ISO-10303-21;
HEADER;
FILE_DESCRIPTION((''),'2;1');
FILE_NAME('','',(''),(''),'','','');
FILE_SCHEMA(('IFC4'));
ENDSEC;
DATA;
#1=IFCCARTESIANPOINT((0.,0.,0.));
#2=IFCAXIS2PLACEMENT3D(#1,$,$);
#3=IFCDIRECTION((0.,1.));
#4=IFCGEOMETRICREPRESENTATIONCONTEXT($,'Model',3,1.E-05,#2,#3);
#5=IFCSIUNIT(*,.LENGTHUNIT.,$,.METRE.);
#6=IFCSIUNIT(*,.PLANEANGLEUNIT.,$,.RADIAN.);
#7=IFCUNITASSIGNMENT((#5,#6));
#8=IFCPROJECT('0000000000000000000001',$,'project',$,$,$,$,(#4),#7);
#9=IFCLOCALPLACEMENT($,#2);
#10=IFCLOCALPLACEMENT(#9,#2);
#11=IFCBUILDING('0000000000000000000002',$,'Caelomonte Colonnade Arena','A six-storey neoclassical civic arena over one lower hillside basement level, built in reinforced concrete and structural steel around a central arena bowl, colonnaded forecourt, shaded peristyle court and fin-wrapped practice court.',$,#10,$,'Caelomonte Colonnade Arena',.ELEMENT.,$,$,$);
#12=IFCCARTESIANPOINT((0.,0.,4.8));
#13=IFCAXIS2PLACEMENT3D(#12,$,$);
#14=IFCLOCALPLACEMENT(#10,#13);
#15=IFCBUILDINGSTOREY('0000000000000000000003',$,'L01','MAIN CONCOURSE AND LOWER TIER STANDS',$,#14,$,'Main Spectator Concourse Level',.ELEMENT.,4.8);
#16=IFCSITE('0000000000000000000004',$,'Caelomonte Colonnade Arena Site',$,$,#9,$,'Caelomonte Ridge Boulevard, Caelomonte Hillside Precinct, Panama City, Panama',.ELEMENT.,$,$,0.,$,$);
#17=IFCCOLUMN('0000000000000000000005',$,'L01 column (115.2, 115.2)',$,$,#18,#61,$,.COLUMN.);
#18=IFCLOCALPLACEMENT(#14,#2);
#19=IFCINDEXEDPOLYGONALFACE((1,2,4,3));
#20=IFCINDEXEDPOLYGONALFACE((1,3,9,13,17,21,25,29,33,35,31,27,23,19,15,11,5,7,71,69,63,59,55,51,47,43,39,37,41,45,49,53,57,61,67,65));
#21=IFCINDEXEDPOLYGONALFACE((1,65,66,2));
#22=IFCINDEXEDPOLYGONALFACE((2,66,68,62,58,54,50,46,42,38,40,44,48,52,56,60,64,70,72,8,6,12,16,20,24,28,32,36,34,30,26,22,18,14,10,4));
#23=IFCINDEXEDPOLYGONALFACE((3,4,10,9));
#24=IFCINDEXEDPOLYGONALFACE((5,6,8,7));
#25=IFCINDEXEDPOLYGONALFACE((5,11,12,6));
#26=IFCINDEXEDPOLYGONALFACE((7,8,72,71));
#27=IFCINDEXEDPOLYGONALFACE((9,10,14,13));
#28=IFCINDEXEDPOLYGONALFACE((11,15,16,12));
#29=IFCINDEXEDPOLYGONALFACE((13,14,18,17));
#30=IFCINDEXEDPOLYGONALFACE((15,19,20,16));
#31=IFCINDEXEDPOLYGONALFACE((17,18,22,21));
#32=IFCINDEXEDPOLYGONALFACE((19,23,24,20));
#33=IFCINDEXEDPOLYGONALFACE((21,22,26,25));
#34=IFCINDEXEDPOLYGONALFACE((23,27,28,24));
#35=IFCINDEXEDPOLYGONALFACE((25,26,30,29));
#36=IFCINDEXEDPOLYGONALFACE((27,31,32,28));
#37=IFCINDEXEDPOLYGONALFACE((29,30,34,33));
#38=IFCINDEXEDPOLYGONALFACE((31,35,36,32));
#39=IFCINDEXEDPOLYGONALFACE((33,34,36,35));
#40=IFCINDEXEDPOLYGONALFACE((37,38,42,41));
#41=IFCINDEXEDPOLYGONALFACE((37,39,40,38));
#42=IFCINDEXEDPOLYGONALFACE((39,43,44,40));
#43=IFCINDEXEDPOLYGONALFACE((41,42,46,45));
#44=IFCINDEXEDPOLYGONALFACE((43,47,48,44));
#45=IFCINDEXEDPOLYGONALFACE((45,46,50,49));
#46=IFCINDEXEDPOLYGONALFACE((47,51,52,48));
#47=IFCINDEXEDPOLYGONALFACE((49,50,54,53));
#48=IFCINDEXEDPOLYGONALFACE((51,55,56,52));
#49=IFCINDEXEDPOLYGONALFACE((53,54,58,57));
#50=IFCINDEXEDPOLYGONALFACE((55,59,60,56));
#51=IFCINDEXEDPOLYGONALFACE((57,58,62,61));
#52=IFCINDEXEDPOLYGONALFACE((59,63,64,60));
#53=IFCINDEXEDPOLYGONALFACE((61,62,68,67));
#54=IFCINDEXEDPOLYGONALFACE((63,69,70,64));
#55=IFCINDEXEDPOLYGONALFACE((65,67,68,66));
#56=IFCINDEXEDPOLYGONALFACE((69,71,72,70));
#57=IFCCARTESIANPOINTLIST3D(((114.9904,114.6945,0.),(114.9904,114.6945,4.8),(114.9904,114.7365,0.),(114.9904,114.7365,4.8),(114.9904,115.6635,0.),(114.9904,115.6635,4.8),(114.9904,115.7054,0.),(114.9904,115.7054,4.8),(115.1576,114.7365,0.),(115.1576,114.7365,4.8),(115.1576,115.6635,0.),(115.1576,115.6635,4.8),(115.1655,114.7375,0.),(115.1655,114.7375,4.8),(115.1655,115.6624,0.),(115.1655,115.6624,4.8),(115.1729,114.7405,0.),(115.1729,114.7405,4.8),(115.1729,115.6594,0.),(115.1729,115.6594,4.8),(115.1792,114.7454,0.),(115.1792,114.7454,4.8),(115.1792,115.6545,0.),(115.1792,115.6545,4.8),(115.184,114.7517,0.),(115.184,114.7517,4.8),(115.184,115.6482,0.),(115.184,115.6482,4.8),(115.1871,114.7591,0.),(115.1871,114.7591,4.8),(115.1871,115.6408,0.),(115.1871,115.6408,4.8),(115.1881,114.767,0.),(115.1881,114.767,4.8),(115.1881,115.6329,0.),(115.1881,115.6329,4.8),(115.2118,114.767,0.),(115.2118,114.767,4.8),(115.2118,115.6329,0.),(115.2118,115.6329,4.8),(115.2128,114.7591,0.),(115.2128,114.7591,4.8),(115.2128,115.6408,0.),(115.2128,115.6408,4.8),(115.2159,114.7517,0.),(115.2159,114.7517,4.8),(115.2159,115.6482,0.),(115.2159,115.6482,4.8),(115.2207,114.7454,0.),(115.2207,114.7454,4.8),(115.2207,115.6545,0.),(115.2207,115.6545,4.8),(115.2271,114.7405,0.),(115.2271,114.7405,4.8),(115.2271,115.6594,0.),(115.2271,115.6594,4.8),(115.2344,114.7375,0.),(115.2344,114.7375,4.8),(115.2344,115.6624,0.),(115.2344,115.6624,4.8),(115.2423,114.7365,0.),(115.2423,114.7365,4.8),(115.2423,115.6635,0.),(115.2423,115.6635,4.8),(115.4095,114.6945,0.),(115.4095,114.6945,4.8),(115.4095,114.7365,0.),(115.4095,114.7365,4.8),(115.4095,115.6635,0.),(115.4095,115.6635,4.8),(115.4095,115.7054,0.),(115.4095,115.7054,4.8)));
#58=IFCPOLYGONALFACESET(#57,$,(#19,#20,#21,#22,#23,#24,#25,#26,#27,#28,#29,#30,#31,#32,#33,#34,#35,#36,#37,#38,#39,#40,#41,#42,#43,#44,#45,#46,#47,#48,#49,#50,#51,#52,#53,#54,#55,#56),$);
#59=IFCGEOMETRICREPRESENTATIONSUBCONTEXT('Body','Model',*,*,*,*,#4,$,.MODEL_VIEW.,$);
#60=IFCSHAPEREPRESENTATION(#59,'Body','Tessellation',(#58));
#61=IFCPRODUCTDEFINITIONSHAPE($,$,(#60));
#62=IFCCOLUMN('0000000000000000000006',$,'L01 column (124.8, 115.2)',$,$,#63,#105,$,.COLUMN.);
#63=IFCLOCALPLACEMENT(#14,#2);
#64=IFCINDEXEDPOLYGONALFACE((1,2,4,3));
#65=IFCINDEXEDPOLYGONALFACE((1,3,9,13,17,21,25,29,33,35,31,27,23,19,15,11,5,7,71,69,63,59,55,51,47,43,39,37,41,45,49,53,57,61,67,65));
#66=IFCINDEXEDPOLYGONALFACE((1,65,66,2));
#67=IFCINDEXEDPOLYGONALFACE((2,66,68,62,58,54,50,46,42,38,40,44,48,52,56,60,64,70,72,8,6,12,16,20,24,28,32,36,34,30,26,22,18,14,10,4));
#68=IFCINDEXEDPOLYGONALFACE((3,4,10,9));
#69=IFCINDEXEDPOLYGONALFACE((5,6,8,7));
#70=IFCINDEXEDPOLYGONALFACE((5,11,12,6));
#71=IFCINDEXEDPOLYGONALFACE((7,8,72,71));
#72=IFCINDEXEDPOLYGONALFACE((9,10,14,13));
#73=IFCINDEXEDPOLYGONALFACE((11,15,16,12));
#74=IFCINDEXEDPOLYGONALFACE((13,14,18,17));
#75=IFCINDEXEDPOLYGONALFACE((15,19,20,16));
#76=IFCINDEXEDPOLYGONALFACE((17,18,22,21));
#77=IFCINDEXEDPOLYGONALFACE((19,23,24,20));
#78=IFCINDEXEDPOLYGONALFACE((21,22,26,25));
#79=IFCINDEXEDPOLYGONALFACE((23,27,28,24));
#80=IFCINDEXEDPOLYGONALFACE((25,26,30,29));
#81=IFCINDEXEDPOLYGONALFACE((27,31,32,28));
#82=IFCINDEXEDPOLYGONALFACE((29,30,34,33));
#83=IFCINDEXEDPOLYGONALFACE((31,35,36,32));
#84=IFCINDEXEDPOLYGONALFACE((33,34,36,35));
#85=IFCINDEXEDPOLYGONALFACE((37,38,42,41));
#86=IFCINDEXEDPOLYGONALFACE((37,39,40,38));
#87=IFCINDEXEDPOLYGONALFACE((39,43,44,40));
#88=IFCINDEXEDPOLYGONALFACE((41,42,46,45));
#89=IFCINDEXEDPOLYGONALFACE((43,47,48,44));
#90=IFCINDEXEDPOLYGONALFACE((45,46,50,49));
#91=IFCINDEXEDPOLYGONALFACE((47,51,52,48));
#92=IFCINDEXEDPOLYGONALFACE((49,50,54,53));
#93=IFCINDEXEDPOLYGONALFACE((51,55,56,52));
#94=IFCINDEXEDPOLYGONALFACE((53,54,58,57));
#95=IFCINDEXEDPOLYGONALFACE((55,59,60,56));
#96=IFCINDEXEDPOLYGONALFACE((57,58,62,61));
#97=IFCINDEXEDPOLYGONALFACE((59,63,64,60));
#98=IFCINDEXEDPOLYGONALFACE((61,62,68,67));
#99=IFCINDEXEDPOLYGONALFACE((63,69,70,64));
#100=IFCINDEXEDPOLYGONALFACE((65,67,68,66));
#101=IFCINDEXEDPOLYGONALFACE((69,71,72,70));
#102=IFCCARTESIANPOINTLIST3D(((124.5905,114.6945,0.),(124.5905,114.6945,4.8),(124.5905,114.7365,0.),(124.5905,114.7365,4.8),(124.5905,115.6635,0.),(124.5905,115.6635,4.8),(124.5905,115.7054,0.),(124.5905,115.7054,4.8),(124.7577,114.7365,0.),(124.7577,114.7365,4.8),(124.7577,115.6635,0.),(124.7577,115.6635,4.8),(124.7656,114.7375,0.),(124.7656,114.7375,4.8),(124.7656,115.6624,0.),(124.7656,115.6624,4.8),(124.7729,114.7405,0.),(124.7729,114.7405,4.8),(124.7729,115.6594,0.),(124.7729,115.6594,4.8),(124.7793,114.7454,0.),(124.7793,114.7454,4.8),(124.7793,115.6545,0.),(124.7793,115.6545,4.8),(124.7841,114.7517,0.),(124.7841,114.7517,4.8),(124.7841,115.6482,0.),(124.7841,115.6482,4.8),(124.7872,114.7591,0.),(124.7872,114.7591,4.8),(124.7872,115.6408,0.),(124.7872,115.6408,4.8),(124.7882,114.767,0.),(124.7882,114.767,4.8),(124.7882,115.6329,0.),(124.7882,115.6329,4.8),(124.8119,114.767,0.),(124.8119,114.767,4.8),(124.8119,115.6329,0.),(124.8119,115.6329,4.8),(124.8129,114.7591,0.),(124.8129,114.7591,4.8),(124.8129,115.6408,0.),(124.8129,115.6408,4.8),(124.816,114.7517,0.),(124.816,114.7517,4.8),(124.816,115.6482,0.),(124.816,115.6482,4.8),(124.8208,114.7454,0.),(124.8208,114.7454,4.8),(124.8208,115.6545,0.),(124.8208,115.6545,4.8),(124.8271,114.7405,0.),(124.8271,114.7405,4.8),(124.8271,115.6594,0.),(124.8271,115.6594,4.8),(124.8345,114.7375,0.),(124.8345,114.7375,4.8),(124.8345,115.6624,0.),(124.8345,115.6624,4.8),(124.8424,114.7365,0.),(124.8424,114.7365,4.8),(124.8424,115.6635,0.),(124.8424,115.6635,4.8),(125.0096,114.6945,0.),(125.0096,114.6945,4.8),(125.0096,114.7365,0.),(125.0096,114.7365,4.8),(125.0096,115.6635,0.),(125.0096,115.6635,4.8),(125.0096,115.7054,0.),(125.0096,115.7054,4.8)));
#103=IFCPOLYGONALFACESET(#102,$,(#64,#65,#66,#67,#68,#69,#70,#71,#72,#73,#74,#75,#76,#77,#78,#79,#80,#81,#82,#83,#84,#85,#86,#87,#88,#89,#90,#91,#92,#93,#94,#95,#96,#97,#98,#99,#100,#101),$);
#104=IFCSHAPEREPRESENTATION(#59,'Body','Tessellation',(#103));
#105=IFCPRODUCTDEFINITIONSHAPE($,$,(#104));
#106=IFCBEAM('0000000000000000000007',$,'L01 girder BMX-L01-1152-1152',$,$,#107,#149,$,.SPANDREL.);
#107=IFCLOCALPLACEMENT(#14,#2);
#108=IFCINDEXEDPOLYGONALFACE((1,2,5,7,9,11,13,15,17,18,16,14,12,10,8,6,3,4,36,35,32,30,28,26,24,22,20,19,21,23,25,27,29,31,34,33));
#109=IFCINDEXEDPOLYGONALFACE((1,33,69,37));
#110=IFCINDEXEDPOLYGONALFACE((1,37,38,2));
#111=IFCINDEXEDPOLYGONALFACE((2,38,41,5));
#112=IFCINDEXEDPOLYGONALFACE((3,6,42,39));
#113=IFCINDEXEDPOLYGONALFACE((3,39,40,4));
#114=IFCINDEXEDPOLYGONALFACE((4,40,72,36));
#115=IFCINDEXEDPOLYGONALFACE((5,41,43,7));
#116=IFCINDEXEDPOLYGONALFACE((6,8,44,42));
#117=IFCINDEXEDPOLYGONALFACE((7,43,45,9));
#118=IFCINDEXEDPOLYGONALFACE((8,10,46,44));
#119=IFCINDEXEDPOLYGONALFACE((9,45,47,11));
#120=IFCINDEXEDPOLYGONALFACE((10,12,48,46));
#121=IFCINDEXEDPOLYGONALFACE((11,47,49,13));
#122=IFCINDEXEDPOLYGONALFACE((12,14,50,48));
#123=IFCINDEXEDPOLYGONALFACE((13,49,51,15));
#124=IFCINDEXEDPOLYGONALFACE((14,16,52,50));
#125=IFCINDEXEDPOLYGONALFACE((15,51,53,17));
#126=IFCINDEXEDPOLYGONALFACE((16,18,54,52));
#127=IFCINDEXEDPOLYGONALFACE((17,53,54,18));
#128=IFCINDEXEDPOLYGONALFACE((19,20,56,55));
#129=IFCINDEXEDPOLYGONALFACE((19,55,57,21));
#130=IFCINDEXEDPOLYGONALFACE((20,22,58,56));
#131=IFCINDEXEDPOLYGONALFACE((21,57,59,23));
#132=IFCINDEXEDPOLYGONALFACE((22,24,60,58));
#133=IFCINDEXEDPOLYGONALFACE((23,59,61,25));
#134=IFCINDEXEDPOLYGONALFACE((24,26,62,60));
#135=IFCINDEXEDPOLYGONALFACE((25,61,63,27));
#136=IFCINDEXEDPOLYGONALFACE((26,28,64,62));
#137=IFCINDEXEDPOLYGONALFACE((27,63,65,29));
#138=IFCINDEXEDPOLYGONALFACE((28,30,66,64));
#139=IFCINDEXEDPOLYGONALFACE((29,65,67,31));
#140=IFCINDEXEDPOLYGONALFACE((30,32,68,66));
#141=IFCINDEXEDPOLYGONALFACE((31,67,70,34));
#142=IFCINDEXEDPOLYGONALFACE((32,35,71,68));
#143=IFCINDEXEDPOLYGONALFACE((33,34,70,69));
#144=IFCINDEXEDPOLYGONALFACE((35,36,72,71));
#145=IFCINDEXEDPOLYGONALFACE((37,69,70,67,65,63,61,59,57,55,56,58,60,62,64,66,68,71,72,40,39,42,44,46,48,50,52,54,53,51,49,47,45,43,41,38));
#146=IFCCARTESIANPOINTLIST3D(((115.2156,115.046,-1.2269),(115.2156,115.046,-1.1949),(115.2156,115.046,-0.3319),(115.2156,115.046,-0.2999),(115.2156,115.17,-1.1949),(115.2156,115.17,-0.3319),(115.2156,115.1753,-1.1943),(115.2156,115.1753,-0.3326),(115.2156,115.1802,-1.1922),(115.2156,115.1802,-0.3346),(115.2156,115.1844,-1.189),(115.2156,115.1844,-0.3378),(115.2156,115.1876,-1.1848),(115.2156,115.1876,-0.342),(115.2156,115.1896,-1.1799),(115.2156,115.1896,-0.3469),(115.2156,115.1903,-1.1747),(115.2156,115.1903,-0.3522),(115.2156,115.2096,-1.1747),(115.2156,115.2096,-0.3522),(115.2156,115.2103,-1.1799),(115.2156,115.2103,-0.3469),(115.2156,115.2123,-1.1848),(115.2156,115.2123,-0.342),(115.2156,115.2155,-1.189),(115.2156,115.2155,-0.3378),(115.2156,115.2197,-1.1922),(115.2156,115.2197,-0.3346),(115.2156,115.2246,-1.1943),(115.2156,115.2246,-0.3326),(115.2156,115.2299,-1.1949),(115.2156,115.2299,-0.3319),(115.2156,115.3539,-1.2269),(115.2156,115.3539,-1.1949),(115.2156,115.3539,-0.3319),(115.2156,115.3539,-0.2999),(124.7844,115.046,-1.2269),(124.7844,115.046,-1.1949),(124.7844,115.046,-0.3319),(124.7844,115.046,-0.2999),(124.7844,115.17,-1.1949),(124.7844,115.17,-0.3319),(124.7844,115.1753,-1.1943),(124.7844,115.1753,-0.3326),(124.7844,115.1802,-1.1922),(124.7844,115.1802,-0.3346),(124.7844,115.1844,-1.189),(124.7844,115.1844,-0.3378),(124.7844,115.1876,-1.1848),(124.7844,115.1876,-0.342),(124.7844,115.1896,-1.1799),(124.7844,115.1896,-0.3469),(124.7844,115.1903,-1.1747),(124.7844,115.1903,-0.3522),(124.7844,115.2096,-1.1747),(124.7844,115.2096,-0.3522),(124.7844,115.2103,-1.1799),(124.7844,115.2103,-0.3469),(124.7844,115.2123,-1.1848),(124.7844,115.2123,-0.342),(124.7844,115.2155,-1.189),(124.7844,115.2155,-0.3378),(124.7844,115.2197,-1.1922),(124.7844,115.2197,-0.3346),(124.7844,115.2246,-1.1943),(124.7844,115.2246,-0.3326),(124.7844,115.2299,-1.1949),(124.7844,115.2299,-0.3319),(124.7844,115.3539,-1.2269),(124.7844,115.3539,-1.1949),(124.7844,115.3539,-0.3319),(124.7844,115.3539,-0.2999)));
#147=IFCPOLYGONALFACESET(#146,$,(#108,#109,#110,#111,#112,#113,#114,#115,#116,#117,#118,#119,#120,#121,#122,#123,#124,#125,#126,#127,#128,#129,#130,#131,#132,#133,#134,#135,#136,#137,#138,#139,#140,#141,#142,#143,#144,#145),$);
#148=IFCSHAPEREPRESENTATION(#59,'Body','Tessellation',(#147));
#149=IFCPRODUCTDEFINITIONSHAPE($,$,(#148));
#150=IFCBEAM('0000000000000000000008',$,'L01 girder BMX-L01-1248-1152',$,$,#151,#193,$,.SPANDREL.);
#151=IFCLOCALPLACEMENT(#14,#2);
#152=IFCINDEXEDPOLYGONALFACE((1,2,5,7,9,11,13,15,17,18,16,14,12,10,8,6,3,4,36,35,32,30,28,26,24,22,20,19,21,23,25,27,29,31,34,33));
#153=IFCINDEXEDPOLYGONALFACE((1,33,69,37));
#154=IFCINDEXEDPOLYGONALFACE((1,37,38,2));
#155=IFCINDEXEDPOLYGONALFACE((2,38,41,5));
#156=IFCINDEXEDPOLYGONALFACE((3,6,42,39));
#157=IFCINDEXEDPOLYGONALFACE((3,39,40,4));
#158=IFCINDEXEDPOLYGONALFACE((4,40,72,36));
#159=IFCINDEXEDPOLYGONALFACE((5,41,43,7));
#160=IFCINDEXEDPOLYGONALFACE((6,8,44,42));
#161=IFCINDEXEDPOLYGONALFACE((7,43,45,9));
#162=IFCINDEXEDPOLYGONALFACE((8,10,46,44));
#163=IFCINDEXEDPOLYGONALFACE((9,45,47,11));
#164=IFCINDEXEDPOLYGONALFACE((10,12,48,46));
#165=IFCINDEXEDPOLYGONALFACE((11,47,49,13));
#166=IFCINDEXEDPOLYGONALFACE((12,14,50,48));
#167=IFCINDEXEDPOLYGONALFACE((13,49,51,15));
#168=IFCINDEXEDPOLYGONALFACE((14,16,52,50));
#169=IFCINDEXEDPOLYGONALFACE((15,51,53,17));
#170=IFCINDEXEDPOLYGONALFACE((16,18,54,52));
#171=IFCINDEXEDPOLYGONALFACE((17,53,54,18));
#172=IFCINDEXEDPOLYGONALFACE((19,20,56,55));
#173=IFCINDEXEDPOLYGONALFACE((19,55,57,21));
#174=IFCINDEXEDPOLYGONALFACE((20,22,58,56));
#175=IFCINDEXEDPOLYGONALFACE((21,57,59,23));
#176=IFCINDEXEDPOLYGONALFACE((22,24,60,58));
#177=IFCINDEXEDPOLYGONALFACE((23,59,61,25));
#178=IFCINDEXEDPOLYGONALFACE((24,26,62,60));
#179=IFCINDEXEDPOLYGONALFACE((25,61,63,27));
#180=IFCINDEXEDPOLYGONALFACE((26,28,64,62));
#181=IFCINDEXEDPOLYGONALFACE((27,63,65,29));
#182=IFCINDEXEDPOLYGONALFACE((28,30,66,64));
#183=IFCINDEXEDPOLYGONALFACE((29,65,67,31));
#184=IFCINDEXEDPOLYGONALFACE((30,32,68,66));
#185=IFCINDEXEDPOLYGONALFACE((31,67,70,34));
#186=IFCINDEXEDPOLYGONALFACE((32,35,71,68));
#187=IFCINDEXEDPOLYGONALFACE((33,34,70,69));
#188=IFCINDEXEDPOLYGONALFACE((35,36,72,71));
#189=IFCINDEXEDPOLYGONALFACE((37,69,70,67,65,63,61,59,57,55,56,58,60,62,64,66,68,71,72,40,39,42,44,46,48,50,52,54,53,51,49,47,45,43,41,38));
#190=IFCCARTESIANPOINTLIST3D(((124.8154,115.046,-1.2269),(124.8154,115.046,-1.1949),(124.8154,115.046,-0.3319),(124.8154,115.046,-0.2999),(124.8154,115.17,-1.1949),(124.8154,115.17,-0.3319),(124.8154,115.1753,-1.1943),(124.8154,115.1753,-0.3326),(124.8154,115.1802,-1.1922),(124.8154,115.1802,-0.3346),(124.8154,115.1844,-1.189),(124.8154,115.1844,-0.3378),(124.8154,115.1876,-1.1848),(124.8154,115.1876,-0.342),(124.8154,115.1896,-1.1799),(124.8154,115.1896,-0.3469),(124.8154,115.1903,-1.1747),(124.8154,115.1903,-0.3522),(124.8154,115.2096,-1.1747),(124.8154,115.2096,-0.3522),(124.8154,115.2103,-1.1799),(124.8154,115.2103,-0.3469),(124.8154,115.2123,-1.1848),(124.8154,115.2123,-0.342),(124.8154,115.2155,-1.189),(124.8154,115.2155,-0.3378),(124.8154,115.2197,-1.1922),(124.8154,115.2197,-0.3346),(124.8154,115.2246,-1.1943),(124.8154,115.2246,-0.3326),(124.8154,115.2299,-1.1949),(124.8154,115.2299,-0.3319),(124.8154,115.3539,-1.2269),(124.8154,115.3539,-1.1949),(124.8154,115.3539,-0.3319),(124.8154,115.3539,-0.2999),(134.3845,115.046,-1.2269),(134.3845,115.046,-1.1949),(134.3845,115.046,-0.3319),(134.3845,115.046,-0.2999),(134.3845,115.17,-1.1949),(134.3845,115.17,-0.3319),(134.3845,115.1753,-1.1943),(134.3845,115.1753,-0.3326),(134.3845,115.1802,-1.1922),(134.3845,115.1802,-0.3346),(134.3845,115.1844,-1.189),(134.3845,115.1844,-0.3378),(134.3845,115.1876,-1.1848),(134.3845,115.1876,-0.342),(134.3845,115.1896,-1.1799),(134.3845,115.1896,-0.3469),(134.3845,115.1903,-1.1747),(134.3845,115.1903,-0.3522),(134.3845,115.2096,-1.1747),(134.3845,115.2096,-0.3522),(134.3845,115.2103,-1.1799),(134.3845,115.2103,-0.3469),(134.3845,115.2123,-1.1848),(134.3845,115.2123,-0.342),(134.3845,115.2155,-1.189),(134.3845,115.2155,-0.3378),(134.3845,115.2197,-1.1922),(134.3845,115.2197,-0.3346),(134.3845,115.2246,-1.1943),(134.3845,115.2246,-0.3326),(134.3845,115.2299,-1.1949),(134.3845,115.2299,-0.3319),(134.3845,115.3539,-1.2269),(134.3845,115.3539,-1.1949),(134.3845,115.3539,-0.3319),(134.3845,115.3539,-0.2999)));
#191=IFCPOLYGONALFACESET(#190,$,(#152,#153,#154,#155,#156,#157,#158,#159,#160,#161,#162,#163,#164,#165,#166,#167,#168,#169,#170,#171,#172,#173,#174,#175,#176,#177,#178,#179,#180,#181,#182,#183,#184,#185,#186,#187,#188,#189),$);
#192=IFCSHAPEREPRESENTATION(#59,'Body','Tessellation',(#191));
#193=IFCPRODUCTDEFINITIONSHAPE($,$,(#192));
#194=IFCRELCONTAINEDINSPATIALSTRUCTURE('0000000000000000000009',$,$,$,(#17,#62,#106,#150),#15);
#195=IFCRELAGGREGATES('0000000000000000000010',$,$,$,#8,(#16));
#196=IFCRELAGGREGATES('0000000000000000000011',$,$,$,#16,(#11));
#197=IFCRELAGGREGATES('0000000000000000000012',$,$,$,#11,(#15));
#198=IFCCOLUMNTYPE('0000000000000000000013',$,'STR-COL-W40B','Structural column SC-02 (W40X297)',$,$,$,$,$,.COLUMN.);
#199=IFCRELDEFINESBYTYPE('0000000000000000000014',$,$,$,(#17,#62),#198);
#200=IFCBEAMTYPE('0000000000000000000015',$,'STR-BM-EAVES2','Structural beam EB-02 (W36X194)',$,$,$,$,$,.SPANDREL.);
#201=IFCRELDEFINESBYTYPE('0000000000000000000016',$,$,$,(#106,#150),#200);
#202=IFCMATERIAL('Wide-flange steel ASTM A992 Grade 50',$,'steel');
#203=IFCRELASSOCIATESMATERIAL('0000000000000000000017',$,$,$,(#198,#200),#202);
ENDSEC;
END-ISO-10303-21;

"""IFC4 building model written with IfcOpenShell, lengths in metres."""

from ifc_helpers import new_model, si_unit, direction, frame, origin, origin_2d, place, context, subcontext, project, spatial, i_section, extrude, material, material_profile, profile_set, type_object, element, save


model = new_model("IFC4")

# Units and contexts
model_context = context("Model", 3, precision=1e-05, world=origin(), true_north=direction((0.0, 1.0)))
body_context = subcontext(model_context, "Body", "Model", "MODEL_VIEW")
ifc_project = project(units=[si_unit("LENGTHUNIT", "METRE"), si_unit("PLANEANGLEUNIT", "RADIAN")], contexts=[model_context])

# Site, building, storey
site_placement = place(None, origin())
site = spatial("IfcSite", under=ifc_project, at=site_placement, Name="Caelomonte Colonnade Arena Site", LongName="Caelomonte Ridge Boulevard, Caelomonte Hillside Precinct, Panama City, Panama", CompositionType="ELEMENT", RefElevation=0.0)
building_placement = place(site_placement, origin())
building = spatial("IfcBuilding", under=site, at=building_placement, Name="Caelomonte Colonnade Arena", Description="A six-storey neoclassical civic arena over one lower hillside basement level, built in reinforced concrete and structural steel around a central arena bowl, colonnaded forecourt, shaded peristyle court and fin-wrapped practice court.", LongName="Caelomonte Colonnade Arena", CompositionType="ELEMENT")
storey_placement = place(building_placement, frame((0.0, 0.0, 4.8)))
storey = spatial("IfcBuildingStorey", under=building, at=storey_placement, Name="L01", Description="MAIN CONCOURSE AND LOWER TIER STANDS", LongName="Main Spectator Concourse Level", CompositionType="ELEMENT", Elevation=4.8)

# Columns
ifc_material_1 = material(Name="Wide-flange steel ASTM A992 Grade 50", Category="steel")
ifc_material_profile_1 = material_profile(ifc_material_1, i_section(OverallWidth=0.4192, OverallDepth=1.011, WebThickness=0.0237, FlangeThickness=0.042, FilletRadius=0.0305, at=origin_2d()), Name="W40X297")
ifc_profile_set_1 = profile_set([ifc_material_profile_1], Name="Wide-flange steel ASTM A992 Grade 50")
column_type = type_object("IfcColumnType", Name="STR-COL-W40B", Description="Structural column SC-02 (W40X297)", PredefinedType="COLUMN", material=ifc_profile_set_1)
for number, where, z_axis, x_axis, name in (
    (1, (115.2, 115.2, 0.0), (0.0, 0.0, 1.0), (1.0, 0.0, 0.0), "L01 column (115.2, 115.2)"),
    (2, (124.8, 115.2, 0.0), (0.0, 0.0, 1.0), (1.0, 0.0, 0.0), "L01 column (124.8, 115.2)"),
):
    element("IfcColumn", number, at=place(storey_placement, frame(where, z_axis=z_axis, x_axis=x_axis)), inside=storey, type_object=column_type, Name=name, PredefinedType="COLUMN", context=body_context, shape_type="SweptSolid", body=[
        extrude(i_section(OverallWidth=0.4192, OverallDepth=1.011, WebThickness=0.0237, FlangeThickness=0.042, FilletRadius=0.0305, at=origin_2d()), origin(), (0.0, 0.0, 1.0), 4.8),
    ])

# Beams
ifc_material_profile_2 = material_profile(ifc_material_1, i_section(OverallWidth=0.3079, OverallDepth=0.927, WebThickness=0.0193, FlangeThickness=0.032, FilletRadius=0.0203, at=origin_2d()), Name="W36X194")
ifc_profile_set_2 = profile_set([ifc_material_profile_2], Name="Wide-flange steel ASTM A992 Grade 50")
beam_type = type_object("IfcBeamType", Name="STR-BM-EAVES2", Description="Structural beam EB-02 (W36X194)", PredefinedType="SPANDREL", material=ifc_profile_set_2)
beam_1_placement = place(storey_placement, frame((115.2156, 115.2, -0.7634), z_axis=(1.0, 0.0, 0.0), x_axis=(0.0, 1.0, 0.0)))
element("IfcBeam", 3, at=beam_1_placement, inside=storey, type_object=beam_type, Name="L01 girder BMX-L01-1152-1152", PredefinedType="SPANDREL", context=body_context, shape_type="SweptSolid", body=[
    extrude(i_section(OverallWidth=0.3079, OverallDepth=0.927, WebThickness=0.0193, FlangeThickness=0.032, FilletRadius=0.0203, at=origin_2d()), origin(), (0.0, 0.0, 1.0), 9.5688),
])
beam_2_placement = place(storey_placement, frame((124.8154, 115.2, -0.7634), z_axis=(1.0, 0.0, 0.0), x_axis=(0.0, 1.0, 0.0)))
element("IfcBeam", 4, at=beam_2_placement, inside=storey, type_object=beam_type, Name="L01 girder BMX-L01-1248-1152", PredefinedType="SPANDREL", context=body_context, shape_type="SweptSolid", body=[
    extrude(i_section(OverallWidth=0.3079, OverallDepth=0.927, WebThickness=0.0193, FlangeThickness=0.032, FilletRadius=0.0203, at=origin_2d()), origin(), (0.0, 0.0, 1.0), 9.5691),
])

save(model, "model.ifc")
